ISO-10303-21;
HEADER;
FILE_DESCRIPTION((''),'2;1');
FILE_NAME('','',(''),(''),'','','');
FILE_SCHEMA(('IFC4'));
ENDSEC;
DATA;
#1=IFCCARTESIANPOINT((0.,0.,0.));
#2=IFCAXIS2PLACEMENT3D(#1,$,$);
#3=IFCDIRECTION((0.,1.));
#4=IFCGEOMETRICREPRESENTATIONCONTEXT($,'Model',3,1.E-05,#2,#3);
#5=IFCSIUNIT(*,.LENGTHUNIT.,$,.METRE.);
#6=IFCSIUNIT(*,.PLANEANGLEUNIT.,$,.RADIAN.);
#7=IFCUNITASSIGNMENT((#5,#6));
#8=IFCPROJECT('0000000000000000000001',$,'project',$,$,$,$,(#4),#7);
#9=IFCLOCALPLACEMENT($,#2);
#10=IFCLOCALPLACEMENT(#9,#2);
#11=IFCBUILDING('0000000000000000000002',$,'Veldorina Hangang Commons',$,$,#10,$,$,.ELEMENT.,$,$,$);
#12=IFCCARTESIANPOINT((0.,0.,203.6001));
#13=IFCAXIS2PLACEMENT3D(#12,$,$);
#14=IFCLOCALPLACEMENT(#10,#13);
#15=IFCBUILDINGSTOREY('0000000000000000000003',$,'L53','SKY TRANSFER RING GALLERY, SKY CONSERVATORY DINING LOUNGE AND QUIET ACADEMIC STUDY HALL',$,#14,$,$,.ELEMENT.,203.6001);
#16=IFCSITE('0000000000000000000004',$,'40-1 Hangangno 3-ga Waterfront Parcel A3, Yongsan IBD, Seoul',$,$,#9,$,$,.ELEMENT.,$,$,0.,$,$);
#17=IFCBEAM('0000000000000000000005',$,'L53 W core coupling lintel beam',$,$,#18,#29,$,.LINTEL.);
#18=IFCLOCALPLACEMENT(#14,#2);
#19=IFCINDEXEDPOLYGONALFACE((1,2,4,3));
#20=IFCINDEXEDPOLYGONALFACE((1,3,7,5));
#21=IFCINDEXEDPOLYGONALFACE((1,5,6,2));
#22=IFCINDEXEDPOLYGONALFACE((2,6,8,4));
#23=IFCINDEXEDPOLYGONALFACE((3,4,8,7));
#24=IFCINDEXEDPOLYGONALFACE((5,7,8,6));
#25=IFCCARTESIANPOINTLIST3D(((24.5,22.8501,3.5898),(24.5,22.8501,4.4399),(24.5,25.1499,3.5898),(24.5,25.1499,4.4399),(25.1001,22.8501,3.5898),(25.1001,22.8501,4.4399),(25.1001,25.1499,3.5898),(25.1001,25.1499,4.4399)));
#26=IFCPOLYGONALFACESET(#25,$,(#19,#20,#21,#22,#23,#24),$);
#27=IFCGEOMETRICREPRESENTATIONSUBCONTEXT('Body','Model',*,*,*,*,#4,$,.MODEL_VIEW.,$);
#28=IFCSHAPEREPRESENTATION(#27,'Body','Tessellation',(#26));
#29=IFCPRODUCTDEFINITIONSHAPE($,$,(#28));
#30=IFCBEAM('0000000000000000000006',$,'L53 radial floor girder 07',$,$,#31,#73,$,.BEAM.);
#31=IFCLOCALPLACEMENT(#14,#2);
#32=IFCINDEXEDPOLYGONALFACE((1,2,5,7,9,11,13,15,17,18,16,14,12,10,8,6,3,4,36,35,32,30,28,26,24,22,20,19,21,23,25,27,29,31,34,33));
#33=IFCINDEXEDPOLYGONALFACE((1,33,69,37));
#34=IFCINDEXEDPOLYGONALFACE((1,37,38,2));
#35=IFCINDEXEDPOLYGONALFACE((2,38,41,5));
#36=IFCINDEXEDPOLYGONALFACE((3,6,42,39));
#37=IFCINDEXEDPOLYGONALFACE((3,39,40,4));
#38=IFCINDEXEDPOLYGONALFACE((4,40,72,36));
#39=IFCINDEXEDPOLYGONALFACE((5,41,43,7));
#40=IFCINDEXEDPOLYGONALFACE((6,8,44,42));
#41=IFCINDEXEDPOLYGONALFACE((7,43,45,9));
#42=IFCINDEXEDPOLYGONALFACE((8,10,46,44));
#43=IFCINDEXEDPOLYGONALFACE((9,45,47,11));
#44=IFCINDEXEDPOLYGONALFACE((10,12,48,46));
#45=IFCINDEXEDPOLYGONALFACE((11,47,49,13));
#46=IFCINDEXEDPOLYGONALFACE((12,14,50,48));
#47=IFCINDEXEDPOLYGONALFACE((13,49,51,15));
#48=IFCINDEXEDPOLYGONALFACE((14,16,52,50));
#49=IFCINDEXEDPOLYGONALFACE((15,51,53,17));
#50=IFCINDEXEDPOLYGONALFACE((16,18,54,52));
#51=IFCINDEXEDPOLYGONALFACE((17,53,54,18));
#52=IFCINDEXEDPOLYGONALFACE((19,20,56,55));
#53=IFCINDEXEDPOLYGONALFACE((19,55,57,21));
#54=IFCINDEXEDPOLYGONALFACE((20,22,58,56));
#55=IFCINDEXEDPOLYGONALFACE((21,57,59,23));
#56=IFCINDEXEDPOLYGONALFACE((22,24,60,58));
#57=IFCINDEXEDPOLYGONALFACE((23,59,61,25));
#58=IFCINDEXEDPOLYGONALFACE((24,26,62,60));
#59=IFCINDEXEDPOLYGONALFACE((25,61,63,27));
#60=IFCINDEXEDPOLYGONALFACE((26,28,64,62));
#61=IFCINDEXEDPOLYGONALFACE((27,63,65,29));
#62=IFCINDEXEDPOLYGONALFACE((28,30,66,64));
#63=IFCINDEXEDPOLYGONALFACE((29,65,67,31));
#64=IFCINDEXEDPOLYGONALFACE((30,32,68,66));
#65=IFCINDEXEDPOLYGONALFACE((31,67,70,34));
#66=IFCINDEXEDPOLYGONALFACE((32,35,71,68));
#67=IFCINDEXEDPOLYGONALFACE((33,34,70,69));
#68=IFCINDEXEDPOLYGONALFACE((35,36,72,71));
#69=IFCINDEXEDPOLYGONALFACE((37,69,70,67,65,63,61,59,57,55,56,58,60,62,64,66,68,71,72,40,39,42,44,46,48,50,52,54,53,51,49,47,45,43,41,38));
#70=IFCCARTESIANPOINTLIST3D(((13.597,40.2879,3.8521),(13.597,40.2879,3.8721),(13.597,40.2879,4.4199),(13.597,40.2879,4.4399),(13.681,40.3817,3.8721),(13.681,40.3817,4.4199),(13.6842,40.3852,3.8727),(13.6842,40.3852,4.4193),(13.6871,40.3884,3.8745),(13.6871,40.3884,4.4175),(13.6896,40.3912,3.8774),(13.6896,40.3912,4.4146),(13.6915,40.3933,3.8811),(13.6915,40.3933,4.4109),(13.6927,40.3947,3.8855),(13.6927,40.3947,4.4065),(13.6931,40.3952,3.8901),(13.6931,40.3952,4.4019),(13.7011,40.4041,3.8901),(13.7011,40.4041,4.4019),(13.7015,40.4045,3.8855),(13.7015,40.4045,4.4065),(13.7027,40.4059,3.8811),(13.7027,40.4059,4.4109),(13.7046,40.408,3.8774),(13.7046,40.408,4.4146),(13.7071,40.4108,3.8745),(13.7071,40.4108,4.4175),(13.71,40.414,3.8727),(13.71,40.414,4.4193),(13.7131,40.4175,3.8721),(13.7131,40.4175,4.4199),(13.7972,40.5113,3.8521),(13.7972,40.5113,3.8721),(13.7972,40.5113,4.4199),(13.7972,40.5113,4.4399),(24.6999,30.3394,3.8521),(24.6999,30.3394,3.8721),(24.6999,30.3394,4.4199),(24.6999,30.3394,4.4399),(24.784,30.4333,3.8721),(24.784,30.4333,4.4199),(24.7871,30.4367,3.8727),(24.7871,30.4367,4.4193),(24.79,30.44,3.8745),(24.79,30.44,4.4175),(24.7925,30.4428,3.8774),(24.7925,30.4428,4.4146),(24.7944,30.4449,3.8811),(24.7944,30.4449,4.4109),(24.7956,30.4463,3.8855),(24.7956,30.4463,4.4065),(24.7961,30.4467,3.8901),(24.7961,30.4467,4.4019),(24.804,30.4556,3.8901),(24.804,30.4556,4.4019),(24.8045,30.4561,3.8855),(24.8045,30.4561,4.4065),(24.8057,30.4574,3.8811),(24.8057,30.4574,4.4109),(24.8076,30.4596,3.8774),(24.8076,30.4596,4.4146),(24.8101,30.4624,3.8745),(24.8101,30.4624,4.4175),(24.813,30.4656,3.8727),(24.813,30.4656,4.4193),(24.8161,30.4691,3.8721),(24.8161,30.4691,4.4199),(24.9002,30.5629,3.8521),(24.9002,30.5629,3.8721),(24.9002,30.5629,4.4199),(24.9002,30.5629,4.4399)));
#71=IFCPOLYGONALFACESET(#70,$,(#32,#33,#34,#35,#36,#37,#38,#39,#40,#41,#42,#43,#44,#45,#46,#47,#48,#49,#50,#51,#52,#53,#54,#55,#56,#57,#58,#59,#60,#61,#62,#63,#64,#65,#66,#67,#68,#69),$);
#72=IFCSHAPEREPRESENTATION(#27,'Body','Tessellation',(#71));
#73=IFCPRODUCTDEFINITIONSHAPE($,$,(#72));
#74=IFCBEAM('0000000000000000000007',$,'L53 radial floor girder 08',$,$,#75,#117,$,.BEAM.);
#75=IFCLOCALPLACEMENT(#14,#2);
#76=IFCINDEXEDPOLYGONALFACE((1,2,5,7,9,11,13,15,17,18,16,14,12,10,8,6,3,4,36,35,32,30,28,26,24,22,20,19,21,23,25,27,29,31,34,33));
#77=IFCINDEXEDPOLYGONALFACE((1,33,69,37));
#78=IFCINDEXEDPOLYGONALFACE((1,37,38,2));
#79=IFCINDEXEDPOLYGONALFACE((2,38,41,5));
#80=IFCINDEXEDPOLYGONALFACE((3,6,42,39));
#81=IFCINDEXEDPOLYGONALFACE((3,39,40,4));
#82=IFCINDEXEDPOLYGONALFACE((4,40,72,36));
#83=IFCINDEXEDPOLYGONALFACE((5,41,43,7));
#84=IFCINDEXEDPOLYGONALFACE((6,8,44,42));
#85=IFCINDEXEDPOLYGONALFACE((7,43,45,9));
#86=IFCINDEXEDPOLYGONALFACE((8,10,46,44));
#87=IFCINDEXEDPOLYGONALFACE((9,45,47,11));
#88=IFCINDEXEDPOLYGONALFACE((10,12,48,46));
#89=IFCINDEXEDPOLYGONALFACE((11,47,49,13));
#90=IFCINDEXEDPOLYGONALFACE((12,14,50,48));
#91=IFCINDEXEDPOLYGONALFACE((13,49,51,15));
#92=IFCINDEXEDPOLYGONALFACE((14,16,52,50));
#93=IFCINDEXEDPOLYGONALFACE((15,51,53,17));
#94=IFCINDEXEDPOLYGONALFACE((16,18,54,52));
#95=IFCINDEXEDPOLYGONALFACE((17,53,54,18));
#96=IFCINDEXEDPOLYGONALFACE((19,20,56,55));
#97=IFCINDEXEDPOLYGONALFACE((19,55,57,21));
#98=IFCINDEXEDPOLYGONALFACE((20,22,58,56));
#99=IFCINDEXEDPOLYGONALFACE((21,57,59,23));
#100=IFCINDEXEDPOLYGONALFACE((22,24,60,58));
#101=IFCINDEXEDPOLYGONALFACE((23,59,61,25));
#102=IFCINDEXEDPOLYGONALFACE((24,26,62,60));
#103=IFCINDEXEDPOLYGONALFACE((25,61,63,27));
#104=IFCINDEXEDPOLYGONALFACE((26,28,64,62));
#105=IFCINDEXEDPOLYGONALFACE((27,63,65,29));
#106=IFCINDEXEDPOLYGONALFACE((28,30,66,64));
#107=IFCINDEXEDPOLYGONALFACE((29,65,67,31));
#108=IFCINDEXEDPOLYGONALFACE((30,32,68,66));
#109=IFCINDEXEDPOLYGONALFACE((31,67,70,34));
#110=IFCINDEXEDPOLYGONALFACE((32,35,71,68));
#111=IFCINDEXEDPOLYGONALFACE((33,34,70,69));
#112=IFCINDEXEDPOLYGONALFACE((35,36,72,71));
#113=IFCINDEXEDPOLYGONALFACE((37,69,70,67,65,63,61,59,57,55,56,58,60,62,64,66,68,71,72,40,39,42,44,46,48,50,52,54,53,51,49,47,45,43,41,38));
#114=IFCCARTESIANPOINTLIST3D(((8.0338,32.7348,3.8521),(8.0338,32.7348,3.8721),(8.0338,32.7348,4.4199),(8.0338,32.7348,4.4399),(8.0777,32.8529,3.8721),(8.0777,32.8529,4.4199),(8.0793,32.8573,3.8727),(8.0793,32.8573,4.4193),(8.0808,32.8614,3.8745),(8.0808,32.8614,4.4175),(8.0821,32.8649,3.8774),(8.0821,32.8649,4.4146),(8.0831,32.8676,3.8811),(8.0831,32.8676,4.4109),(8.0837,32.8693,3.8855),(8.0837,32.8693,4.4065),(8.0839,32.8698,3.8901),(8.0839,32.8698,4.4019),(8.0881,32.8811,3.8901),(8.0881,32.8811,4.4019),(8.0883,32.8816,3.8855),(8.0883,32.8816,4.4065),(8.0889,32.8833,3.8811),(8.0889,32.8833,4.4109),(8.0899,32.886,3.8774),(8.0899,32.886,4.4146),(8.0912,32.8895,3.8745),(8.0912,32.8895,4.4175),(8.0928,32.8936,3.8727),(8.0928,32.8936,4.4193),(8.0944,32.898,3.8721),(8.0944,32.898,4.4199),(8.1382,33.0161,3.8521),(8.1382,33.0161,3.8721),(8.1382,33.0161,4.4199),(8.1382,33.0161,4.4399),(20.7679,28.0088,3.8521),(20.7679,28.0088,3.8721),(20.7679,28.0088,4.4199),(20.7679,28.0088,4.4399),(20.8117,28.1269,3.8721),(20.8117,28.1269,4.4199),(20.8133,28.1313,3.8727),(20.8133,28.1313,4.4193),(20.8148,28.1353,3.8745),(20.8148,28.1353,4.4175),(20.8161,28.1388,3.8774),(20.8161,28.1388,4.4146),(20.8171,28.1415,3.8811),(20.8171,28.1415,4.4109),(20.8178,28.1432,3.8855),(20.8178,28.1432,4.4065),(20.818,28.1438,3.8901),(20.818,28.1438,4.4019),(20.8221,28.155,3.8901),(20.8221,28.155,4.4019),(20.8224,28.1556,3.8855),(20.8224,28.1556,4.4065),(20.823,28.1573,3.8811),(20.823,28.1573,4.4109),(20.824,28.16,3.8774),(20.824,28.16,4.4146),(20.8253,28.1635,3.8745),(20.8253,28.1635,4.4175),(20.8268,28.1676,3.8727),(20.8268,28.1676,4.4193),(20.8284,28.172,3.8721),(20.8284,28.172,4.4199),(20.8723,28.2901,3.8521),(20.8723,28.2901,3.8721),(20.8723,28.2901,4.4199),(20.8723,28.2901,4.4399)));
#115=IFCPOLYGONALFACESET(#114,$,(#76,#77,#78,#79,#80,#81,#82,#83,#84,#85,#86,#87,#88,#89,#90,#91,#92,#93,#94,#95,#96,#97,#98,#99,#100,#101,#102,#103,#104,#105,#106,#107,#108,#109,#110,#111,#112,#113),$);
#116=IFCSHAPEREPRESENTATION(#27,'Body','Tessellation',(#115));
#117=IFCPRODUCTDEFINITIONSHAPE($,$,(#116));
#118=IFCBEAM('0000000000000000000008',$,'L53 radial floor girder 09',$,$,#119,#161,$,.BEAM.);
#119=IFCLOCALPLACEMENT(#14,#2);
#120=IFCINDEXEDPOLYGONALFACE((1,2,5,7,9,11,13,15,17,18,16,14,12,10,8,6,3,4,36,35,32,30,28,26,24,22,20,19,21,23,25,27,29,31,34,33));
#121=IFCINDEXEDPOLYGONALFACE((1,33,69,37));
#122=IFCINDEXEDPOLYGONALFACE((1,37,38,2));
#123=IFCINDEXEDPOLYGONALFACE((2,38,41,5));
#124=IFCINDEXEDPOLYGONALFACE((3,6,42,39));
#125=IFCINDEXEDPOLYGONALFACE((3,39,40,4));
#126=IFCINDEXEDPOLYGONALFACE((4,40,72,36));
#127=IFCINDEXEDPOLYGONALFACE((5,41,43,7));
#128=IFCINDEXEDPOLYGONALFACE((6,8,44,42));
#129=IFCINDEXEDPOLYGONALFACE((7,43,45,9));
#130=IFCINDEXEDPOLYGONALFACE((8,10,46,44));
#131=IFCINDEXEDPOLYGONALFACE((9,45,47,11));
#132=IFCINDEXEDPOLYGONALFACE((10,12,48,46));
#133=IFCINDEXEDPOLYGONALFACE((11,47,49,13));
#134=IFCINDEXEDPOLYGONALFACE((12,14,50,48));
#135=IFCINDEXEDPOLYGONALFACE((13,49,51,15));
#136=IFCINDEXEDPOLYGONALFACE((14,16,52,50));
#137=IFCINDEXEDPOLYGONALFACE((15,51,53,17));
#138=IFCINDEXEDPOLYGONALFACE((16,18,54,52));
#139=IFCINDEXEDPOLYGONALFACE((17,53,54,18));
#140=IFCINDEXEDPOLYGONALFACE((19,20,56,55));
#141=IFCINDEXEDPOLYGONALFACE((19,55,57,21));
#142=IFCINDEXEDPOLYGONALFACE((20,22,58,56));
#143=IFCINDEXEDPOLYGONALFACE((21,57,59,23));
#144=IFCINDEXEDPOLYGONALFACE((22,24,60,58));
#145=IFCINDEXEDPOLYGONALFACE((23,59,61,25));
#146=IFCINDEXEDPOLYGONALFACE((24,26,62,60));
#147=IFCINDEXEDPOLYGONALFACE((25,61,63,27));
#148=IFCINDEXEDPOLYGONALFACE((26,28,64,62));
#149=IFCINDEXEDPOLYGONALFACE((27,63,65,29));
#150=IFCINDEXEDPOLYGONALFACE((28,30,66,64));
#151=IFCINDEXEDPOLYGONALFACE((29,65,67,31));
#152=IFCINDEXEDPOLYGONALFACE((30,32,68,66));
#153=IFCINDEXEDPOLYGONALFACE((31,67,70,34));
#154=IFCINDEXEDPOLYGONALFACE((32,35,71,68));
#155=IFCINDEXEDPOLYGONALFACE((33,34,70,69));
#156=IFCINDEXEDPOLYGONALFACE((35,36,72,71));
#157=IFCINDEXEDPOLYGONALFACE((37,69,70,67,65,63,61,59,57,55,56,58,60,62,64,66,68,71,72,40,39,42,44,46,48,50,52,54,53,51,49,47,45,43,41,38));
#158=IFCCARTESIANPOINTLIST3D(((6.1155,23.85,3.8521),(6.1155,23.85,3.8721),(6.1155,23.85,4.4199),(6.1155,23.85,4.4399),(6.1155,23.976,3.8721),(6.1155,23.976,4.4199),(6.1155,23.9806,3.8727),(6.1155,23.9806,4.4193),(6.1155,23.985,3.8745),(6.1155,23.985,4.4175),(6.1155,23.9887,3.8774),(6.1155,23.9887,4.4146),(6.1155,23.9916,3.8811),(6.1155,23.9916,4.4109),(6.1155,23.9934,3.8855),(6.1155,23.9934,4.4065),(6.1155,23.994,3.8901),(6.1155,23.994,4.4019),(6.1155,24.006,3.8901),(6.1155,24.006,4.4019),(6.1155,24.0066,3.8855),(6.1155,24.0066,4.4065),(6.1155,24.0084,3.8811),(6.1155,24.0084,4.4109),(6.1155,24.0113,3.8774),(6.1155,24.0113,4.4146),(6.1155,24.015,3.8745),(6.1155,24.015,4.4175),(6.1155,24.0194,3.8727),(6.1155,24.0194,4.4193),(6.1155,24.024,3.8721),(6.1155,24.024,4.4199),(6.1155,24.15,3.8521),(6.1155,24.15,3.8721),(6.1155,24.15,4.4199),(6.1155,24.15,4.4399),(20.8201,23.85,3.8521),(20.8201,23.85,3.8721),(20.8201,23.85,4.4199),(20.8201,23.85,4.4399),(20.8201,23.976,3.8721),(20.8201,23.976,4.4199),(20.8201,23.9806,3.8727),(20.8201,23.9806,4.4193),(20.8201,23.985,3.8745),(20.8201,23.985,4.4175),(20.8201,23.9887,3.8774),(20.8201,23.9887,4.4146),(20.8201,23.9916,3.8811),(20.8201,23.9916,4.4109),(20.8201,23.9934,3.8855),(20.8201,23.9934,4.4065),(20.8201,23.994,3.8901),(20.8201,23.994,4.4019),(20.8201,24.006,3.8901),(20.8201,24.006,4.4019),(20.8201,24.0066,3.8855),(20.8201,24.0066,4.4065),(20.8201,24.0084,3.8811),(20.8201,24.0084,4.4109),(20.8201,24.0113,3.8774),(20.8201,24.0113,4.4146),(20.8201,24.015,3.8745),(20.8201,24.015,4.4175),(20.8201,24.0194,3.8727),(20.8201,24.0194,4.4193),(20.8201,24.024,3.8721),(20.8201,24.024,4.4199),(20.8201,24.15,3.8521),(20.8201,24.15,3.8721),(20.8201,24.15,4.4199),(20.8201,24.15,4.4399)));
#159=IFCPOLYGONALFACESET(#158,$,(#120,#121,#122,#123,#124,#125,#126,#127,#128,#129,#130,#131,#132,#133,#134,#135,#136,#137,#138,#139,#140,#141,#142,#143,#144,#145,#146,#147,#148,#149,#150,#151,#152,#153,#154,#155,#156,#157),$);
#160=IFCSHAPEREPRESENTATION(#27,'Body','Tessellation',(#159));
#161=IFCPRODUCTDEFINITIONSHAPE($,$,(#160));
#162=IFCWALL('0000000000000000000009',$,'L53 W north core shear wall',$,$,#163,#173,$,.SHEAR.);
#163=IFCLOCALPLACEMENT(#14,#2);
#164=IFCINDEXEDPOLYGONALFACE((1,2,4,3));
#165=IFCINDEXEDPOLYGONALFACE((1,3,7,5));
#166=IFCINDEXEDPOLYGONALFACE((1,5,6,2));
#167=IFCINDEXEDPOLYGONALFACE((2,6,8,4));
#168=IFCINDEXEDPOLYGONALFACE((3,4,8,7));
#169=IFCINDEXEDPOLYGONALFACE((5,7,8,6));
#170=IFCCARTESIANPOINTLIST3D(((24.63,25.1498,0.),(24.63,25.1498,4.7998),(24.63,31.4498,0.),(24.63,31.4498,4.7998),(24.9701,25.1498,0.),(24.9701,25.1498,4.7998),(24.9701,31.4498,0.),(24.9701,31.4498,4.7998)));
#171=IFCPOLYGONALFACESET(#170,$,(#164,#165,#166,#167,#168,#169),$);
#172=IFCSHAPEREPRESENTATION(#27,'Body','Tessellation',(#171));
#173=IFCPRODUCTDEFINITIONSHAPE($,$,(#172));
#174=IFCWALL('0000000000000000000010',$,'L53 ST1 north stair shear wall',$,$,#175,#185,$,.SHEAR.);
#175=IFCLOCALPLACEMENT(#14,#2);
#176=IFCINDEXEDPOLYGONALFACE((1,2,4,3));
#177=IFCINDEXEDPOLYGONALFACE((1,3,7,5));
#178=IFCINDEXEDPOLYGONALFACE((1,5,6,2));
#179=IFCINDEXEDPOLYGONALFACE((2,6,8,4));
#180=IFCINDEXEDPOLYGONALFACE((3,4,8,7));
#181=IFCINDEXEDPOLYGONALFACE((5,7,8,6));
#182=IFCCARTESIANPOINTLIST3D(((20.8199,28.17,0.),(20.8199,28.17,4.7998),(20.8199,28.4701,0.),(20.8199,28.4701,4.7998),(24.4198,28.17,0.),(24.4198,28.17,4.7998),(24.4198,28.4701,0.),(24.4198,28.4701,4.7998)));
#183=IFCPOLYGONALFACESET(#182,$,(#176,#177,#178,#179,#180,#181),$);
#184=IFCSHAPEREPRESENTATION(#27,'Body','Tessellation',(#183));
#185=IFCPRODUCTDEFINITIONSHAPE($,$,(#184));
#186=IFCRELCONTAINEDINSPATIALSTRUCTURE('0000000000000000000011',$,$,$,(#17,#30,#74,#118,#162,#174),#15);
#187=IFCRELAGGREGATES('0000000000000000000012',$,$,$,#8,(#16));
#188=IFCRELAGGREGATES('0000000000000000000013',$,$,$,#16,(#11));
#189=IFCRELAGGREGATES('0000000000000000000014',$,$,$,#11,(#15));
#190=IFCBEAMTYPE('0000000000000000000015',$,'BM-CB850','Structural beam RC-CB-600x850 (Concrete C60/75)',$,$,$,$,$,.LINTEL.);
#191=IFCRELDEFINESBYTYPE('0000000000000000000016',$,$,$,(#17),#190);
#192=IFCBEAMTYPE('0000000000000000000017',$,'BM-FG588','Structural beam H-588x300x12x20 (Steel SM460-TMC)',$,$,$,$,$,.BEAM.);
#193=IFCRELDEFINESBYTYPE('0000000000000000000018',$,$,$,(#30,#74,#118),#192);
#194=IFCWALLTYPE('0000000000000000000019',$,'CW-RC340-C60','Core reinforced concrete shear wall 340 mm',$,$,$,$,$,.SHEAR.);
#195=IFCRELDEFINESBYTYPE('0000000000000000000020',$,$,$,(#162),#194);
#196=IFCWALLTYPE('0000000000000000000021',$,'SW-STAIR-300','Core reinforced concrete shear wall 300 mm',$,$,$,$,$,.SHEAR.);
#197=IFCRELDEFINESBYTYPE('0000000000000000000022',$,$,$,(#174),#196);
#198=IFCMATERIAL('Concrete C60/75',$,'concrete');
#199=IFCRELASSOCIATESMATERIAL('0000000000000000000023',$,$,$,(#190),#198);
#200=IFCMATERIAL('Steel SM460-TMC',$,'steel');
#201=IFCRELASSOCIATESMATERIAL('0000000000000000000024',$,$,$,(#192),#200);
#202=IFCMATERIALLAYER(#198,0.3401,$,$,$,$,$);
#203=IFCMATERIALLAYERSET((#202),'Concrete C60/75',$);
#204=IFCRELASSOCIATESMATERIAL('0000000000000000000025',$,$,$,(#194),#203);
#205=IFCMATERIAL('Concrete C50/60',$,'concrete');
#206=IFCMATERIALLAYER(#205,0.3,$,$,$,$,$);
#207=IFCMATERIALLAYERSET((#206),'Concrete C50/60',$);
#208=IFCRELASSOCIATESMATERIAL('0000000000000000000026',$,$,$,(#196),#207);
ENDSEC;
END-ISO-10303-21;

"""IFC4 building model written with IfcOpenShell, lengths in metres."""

from ifc_helpers import new_model, si_unit, direction, frame, frame_2d, origin, origin_2d, place, context, subcontext, project, spatial, rectangle, i_section, extrude, material, layer, layer_set, material_profile, profile_set, type_object, element, save


model = new_model("IFC4")

# Units and contexts
model_context = context("Model", 3, precision=1e-05, world=origin(), true_north=direction((0.0, 1.0)))
body_context = subcontext(model_context, "Body", "Model", "MODEL_VIEW")
ifc_project = project(units=[si_unit("LENGTHUNIT", "METRE"), si_unit("PLANEANGLEUNIT", "RADIAN")], contexts=[model_context])

# Site, building, storey
site_placement = place(None, origin())
site = spatial("IfcSite", under=ifc_project, at=site_placement, Name="40-1 Hangangno 3-ga Waterfront Parcel A3, Yongsan IBD, Seoul", CompositionType="ELEMENT", RefElevation=0.0)
building_placement = place(site_placement, origin())
building = spatial("IfcBuilding", under=site, at=building_placement, Name="Veldorina Hangang Commons", CompositionType="ELEMENT")
storey_placement = place(building_placement, frame((0.0, 0.0, 203.6001)))
storey = spatial("IfcBuildingStorey", under=building, at=storey_placement, Name="L53", Description="SKY TRANSFER RING GALLERY, SKY CONSERVATORY DINING LOUNGE AND QUIET ACADEMIC STUDY HALL", CompositionType="ELEMENT", Elevation=203.6001)

# Beams
ifc_material_1 = material(Name="Concrete C60/75", Category="concrete")
ifc_material_profile_1 = material_profile(ifc_material_1, rectangle(XDim=0.6001, YDim=0.8501, at=origin_2d()), Name="RC-CB-600x850")
ifc_profile_set_1 = profile_set([ifc_material_profile_1], Name="Concrete C60/75")
beam_type_1 = type_object("IfcBeamType", Name="BM-CB850", Description="Structural beam RC-CB-600x850 (Concrete C60/75)", PredefinedType="LINTEL", material=ifc_profile_set_1)
beam_1_placement = place(storey_placement, frame((24.8, 22.8501, 4.0149), z_axis=(0.0, 1.0, 0.0), x_axis=(-1.0, 0.0, 0.0)))
element("IfcBeam", 1, at=beam_1_placement, inside=storey, type_object=beam_type_1, Name="L53 W core coupling lintel beam", PredefinedType="LINTEL", context=body_context, shape_type="SweptSolid", body=[
    extrude(rectangle(XDim=0.6001, YDim=0.8501, at=origin_2d()), origin(), (0.0, 0.0, 1.0), 2.2998),
])
ifc_material_2 = material(Name="Steel SM460-TMC", Category="steel")
ifc_material_profile_2 = material_profile(ifc_material_2, i_section(OverallWidth=0.3, OverallDepth=0.5879, WebThickness=0.012, FlangeThickness=0.02, FilletRadius=0.0181, at=origin_2d()), Name="H-588x300x12x20")
ifc_profile_set_2 = profile_set([ifc_material_profile_2], Name="Steel SM460-TMC")
beam_type_2 = type_object("IfcBeamType", Name="BM-FG588", Description="Structural beam H-588x300x12x20 (Steel SM460-TMC)", PredefinedType="BEAM", material=ifc_profile_set_2)
beam_2_placement = place(storey_placement, frame((24.8, 30.4512, 4.146), z_axis=(-0.744768, 0.667324, 0.0), x_axis=(-0.667324, -0.744768, 0.0)))
element("IfcBeam", 2, at=beam_2_placement, inside=storey, type_object=beam_type_2, Name="L53 radial floor girder 07", PredefinedType="BEAM", context=body_context, shape_type="SweptSolid", body=[
    extrude(i_section(OverallWidth=0.3, OverallDepth=0.5879, WebThickness=0.012, FlangeThickness=0.02, FilletRadius=0.0181, at=origin_2d()), origin(), (0.0, 0.0, 1.0), 14.908),
])
beam_3_placement = place(storey_placement, frame((20.8201, 28.1494, 4.146), z_axis=(-0.937515, 0.347944, 0.0), x_axis=(-0.347944, -0.937515, 0.0)))
element("IfcBeam", 3, at=beam_3_placement, inside=storey, type_object=beam_type_2, Name="L53 radial floor girder 08", PredefinedType="BEAM", context=body_context, shape_type="SweptSolid", body=[
    extrude(i_section(OverallWidth=0.3, OverallDepth=0.5879, WebThickness=0.012, FlangeThickness=0.02, FilletRadius=0.0181, at=origin_2d()), origin(), (0.0, 0.0, 1.0), 13.5828),
])
beam_4_placement = place(storey_placement, frame((20.8201, 24.0, 4.146), z_axis=(-1.0, 0.0, 0.0), x_axis=(0.0, -1.0, 0.0)))
element("IfcBeam", 4, at=beam_4_placement, inside=storey, type_object=beam_type_2, Name="L53 radial floor girder 09", PredefinedType="BEAM", context=body_context, shape_type="SweptSolid", body=[
    extrude(i_section(OverallWidth=0.3, OverallDepth=0.5879, WebThickness=0.012, FlangeThickness=0.02, FilletRadius=0.0181, at=origin_2d()), origin(), (0.0, 0.0, 1.0), 14.7046),
])

# Walls
ifc_layer_1 = layer(ifc_material_1, 0.3401)
ifc_layer_set_1 = layer_set([ifc_layer_1], Name="Concrete C60/75")
wall_type_1 = type_object("IfcWallType", Name="CW-RC340-C60", Description="Core reinforced concrete shear wall 340 mm", PredefinedType="SHEAR", material=ifc_layer_set_1)
wall_1_placement = place(storey_placement, frame((24.8, 25.1499, 0.0), z_axis=(0.0, 0.0, 1.0), x_axis=(0.0, 1.0, 0.0)))
element("IfcWall", 5, at=wall_1_placement, inside=storey, type_object=wall_type_1, Name="L53 W north core shear wall", PredefinedType="SHEAR", context=body_context, shape_type="SweptSolid", body=[
    extrude(rectangle(XDim=6.3, YDim=0.3401, at=frame_2d((3.1499, 0.0))), origin(), (0.0, 0.0, 1.0), 4.7998),
])
ifc_material_3 = material(Name="Concrete C50/60", Category="concrete")
ifc_layer_2 = layer(ifc_material_3, 0.3)
ifc_layer_set_2 = layer_set([ifc_layer_2], Name="Concrete C50/60")
wall_type_2 = type_object("IfcWallType", Name="SW-STAIR-300", Description="Core reinforced concrete shear wall 300 mm", PredefinedType="SHEAR", material=ifc_layer_set_2)
wall_2_placement = place(storey_placement, frame((20.8201, 28.3201, 0.0), z_axis=(0.0, 0.0, 1.0), x_axis=(1.0, 0.0, 0.0)))
element("IfcWall", 6, at=wall_2_placement, inside=storey, type_object=wall_type_2, Name="L53 ST1 north stair shear wall", PredefinedType="SHEAR", context=body_context, shape_type="SweptSolid", body=[
    extrude(rectangle(XDim=3.5999, YDim=0.3, at=frame_2d((1.7998, 0.0))), origin(), (0.0, 0.0, 1.0), 4.7998),
])

save(model, "model.ifc")
